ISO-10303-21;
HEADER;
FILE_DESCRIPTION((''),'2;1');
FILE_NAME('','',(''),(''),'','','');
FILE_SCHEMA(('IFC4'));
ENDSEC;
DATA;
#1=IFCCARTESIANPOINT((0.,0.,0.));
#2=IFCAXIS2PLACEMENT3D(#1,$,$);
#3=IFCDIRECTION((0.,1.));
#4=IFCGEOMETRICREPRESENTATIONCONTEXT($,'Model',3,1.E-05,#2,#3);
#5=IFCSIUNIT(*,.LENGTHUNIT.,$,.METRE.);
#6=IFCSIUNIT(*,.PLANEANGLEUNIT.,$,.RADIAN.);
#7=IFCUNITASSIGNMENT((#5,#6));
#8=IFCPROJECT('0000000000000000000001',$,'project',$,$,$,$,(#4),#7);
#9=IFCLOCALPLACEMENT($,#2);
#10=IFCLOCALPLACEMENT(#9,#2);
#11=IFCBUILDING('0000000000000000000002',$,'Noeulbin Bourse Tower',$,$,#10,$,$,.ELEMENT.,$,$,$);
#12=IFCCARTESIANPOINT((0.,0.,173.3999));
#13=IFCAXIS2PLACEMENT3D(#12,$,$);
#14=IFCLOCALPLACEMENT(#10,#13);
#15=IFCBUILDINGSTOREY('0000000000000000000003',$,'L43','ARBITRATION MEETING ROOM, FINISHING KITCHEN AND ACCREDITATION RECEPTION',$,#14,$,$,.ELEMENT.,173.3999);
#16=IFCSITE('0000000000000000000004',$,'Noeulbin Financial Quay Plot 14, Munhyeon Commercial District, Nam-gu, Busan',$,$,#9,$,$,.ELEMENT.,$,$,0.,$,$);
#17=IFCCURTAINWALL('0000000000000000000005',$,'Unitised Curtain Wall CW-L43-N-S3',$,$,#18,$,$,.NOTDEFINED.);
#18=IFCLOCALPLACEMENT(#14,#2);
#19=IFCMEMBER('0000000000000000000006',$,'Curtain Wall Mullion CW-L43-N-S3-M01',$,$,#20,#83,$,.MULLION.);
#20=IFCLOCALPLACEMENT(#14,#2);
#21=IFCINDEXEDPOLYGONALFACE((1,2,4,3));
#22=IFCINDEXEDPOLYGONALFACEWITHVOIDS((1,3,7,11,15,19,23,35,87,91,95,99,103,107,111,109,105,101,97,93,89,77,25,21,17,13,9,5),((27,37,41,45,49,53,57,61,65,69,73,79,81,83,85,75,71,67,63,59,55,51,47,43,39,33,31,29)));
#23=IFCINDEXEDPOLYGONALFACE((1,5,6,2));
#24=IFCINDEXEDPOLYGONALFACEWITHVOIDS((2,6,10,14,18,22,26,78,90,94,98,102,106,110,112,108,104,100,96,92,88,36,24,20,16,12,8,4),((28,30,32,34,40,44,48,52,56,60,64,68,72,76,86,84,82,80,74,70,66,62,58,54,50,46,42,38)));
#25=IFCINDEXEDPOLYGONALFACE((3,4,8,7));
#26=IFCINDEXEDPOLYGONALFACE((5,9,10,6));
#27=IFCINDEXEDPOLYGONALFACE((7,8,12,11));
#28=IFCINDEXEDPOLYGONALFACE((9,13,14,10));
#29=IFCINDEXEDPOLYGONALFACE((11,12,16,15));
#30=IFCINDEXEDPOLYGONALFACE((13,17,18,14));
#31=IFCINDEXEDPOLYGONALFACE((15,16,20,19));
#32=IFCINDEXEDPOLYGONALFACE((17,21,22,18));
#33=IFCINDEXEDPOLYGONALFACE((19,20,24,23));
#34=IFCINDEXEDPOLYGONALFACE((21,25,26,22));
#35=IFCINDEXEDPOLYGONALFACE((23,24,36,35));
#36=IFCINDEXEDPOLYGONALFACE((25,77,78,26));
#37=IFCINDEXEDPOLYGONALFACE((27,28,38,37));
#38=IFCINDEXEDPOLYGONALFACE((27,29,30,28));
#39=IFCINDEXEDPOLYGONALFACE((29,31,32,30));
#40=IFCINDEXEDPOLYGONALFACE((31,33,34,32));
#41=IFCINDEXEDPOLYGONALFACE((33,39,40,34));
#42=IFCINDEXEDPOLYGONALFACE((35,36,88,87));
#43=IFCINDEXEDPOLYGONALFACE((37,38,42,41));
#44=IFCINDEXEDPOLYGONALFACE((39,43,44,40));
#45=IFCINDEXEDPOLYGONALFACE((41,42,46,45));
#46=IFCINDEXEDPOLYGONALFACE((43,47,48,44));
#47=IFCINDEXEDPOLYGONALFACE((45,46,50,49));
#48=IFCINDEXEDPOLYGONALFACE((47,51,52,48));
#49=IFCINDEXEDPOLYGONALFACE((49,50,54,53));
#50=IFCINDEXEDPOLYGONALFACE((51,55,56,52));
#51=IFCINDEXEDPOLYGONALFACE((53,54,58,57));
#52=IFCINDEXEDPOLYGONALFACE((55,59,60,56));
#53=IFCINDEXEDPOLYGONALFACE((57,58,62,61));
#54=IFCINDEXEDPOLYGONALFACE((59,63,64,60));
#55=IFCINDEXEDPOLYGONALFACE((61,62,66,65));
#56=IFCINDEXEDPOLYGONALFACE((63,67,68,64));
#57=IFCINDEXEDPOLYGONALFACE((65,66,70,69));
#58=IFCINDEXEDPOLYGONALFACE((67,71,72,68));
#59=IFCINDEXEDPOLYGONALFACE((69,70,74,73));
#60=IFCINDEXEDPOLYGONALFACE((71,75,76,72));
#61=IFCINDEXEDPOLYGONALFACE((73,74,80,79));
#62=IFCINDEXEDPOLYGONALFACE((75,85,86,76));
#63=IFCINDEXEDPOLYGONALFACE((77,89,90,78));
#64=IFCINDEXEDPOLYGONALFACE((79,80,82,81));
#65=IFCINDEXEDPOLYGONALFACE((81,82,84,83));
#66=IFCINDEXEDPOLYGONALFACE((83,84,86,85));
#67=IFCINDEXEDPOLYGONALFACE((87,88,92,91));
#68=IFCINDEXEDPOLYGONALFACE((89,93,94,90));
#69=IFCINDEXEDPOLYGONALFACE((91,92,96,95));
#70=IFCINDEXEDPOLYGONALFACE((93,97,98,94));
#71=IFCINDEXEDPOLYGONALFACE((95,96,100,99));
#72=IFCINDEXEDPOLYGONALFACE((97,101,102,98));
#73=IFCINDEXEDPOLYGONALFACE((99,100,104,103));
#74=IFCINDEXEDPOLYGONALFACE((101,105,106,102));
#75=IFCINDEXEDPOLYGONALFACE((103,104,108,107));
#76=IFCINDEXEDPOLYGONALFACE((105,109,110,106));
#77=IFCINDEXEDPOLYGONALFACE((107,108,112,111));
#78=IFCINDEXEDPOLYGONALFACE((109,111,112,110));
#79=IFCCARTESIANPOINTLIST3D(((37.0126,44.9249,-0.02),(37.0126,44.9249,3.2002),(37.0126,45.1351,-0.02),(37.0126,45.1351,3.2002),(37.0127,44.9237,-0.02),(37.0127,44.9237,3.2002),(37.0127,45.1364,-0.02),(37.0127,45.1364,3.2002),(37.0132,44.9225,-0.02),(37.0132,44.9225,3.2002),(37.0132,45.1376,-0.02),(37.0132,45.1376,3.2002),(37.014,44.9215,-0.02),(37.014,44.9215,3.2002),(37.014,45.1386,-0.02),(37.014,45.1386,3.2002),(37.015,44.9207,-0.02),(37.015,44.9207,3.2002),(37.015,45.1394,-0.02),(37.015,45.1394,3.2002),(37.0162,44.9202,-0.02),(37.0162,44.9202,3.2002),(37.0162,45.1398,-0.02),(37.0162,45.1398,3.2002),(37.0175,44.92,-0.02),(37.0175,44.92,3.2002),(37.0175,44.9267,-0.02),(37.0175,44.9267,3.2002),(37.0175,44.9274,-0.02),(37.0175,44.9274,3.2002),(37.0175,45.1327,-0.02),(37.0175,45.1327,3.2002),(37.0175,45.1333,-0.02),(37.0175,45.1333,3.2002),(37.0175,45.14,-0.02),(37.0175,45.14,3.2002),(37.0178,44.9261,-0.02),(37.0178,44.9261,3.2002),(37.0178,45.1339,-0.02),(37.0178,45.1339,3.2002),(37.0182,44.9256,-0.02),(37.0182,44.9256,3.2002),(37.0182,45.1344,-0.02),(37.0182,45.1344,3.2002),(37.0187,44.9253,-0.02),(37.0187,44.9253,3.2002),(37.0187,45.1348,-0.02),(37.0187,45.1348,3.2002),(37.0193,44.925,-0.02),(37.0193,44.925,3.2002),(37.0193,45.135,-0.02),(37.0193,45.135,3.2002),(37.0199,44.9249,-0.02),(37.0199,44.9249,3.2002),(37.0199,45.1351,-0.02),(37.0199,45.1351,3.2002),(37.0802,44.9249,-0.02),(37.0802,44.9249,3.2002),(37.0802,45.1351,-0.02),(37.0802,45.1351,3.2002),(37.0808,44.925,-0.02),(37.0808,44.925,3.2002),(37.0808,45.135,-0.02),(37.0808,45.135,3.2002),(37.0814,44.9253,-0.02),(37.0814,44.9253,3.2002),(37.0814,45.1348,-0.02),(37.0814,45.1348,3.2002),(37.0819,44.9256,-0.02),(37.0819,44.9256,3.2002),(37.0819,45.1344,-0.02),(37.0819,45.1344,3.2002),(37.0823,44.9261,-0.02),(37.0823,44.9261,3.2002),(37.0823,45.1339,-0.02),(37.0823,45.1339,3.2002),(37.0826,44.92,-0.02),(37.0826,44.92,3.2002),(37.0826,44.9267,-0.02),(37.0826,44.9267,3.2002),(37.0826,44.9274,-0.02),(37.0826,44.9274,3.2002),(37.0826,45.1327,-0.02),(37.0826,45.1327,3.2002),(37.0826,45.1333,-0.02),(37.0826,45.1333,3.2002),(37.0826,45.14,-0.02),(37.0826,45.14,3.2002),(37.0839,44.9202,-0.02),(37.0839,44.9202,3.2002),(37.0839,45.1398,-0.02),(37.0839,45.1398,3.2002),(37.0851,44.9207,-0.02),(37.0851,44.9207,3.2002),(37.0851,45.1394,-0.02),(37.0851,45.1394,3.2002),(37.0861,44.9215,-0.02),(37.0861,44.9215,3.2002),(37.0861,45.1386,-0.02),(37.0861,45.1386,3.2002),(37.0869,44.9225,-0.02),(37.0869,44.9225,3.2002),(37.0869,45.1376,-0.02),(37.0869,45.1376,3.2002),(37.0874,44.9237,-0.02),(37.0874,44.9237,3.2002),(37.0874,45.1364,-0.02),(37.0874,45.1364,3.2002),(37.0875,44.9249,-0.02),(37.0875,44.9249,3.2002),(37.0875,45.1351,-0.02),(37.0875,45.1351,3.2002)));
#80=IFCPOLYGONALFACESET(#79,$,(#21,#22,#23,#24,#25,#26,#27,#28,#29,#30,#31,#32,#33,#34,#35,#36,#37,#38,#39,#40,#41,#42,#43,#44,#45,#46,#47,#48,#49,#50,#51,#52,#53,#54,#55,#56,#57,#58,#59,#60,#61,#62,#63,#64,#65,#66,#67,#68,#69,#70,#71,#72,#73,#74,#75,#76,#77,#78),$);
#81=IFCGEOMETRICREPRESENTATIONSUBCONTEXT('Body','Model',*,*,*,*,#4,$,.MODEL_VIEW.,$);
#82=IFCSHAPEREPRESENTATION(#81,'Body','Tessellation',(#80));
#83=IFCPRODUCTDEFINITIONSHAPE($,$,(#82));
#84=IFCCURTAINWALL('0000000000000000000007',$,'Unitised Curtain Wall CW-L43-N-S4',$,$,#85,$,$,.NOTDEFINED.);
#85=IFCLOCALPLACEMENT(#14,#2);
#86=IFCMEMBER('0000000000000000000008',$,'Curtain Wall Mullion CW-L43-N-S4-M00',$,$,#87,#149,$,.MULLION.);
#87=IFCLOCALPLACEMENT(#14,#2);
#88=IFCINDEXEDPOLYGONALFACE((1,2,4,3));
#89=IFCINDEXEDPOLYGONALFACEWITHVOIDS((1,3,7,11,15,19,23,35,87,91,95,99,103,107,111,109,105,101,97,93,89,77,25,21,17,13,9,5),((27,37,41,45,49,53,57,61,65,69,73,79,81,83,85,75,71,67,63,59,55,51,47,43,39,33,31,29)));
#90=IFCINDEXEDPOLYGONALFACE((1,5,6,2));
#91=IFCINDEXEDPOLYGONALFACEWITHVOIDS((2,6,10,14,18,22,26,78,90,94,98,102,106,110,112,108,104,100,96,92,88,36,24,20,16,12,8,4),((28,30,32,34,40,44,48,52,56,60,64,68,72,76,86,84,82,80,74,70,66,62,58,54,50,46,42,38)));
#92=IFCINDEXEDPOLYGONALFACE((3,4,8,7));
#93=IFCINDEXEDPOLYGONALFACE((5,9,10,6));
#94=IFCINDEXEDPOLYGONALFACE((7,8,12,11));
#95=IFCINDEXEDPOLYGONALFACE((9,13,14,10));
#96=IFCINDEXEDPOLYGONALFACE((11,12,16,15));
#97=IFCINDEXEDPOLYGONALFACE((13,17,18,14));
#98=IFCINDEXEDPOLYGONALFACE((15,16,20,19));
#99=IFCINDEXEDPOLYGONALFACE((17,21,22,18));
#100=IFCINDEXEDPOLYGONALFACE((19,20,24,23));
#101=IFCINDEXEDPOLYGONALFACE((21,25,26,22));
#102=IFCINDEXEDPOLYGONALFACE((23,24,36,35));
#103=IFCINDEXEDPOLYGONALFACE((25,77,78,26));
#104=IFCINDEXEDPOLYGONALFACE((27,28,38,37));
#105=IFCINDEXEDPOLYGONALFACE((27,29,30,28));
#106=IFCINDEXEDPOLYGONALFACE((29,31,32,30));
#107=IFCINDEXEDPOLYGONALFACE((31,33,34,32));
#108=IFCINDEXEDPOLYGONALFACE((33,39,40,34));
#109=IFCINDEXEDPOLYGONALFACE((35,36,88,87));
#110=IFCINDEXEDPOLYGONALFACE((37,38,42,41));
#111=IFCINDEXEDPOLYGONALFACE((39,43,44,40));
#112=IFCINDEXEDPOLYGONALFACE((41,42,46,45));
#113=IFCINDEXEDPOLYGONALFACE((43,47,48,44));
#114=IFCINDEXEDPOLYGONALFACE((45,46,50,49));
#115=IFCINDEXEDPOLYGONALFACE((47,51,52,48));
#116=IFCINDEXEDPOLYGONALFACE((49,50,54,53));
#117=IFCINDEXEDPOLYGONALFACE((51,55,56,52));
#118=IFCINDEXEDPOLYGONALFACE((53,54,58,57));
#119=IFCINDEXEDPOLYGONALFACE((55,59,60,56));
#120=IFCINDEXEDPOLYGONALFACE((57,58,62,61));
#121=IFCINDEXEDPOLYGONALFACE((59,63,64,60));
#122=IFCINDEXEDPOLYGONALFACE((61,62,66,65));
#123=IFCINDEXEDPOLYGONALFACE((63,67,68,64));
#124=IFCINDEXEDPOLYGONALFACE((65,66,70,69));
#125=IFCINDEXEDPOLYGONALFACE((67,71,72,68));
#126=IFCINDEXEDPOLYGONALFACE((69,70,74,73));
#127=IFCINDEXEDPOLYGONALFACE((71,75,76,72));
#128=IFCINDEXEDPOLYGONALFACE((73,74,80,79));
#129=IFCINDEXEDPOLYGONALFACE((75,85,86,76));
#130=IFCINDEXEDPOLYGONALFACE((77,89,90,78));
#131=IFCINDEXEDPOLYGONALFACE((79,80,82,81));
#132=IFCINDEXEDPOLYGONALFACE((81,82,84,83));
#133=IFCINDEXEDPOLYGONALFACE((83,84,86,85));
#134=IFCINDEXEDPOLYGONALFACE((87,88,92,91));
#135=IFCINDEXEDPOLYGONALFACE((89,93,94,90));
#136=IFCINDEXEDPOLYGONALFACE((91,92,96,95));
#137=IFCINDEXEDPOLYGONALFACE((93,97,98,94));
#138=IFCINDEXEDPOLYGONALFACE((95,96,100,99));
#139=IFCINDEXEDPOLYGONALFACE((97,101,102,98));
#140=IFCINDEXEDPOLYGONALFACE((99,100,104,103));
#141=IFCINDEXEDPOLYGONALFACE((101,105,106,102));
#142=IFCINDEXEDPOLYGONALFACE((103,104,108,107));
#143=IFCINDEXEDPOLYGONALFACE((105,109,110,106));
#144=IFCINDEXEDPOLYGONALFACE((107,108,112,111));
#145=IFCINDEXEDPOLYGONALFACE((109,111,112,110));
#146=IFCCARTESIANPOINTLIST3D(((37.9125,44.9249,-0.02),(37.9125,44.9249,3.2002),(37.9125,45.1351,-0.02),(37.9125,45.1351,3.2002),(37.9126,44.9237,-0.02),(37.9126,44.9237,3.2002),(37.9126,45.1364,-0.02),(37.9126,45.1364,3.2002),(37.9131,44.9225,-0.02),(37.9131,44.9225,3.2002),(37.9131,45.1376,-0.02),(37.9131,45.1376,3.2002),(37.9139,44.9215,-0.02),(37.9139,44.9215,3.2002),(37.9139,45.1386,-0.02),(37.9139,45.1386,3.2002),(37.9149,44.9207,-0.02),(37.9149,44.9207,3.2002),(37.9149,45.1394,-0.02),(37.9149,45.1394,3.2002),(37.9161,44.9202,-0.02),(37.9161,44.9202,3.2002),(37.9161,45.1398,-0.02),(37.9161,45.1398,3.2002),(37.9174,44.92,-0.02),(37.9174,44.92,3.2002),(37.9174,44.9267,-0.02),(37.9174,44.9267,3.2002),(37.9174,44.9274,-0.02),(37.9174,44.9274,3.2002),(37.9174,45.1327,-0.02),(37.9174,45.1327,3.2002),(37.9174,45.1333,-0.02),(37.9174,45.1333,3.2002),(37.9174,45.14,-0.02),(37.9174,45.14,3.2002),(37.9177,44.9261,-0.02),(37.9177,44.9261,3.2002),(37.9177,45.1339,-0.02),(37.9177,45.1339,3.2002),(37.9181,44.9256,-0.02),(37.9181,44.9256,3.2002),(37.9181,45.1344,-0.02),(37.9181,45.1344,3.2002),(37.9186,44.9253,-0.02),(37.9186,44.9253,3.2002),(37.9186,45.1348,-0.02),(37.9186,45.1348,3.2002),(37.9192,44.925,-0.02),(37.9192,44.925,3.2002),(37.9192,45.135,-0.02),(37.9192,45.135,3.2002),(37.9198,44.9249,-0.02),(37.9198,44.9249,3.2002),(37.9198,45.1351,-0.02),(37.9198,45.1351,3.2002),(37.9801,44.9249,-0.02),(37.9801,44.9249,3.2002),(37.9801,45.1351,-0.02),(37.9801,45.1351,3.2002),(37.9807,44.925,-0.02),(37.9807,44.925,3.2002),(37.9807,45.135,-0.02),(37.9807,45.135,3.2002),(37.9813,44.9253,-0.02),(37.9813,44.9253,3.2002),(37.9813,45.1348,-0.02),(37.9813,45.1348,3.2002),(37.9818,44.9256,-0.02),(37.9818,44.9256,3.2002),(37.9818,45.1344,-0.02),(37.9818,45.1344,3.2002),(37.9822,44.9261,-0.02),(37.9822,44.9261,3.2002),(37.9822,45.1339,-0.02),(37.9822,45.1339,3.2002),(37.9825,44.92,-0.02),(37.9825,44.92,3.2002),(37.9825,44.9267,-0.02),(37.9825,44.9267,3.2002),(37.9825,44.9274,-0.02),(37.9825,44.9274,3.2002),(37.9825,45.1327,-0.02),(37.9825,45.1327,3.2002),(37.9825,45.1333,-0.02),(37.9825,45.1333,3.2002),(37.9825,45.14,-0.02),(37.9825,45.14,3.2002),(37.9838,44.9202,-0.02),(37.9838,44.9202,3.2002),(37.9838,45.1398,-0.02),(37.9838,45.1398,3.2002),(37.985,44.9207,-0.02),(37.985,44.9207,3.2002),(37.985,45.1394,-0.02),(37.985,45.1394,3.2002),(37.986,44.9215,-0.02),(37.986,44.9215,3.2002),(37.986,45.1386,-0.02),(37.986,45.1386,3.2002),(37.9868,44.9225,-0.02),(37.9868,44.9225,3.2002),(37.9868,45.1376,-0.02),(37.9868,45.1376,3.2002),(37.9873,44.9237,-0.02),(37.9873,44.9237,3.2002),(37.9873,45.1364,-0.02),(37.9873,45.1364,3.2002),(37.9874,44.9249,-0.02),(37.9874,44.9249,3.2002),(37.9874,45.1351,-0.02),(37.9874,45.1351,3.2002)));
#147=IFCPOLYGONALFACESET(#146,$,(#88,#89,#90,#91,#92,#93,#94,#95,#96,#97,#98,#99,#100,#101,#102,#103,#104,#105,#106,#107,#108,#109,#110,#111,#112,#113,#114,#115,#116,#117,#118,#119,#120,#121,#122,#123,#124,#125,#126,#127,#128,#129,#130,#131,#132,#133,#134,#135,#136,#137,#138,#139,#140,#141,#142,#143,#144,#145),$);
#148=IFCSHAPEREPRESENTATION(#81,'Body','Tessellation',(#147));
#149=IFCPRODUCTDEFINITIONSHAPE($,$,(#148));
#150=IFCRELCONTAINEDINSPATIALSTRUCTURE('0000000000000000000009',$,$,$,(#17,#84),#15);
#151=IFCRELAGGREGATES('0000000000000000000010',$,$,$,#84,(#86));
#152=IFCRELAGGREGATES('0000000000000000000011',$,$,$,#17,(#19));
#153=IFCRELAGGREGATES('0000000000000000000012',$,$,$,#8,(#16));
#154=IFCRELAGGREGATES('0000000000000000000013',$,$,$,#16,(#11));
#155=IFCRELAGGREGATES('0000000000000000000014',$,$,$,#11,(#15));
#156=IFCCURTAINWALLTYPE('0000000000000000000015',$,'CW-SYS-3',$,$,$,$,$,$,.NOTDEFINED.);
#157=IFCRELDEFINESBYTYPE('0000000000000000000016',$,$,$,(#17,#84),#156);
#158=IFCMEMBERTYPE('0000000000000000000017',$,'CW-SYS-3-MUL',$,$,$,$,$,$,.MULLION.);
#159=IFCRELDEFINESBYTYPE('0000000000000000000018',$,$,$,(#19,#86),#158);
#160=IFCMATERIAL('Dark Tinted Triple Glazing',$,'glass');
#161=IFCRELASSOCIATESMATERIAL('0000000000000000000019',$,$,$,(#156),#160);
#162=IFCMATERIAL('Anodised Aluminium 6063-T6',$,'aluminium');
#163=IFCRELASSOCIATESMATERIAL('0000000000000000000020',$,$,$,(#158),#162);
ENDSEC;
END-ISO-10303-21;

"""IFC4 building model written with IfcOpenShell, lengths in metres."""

from ifc_helpers import new_model, si_unit, direction, frame, origin, origin_2d, place, context, subcontext, project, spatial, hollow_rectangle, extrude, material, material_profile, profile_set, type_object, element, aggregate, save


model = new_model("IFC4")

# Units and contexts
model_context = context("Model", 3, precision=1e-05, world=origin(), true_north=direction((0.0, 1.0)))
body_context = subcontext(model_context, "Body", "Model", "MODEL_VIEW")
ifc_project = project(units=[si_unit("LENGTHUNIT", "METRE"), si_unit("PLANEANGLEUNIT", "RADIAN")], contexts=[model_context])

# Site, building, storey
site_placement = place(None, origin())
site = spatial("IfcSite", under=ifc_project, at=site_placement, Name="Noeulbin Financial Quay Plot 14, Munhyeon Commercial District, Nam-gu, Busan", CompositionType="ELEMENT", RefElevation=0.0)
building_placement = place(site_placement, origin())
building = spatial("IfcBuilding", under=site, at=building_placement, Name="Noeulbin Bourse Tower", CompositionType="ELEMENT")
storey_placement = place(building_placement, frame((0.0, 0.0, 173.3999)))
storey = spatial("IfcBuildingStorey", under=building, at=storey_placement, Name="L43", Description="ARBITRATION MEETING ROOM, FINISHING KITCHEN AND ACCREDITATION RECEPTION", CompositionType="ELEMENT", Elevation=173.3999)

# Shared definitions
ifc_material_1 = material(Name="Dark Tinted Triple Glazing", Category="glass")
curtain_wall_type = type_object("IfcCurtainWallType", Name="CW-SYS-3", PredefinedType="NOTDEFINED", material=ifc_material_1)
ifc_material_2 = material(Name="Anodised Aluminium 6063-T6", Category="aluminium")
ifc_material_profile_1 = material_profile(ifc_material_2, hollow_rectangle(XDim=0.075, YDim=0.22, WallThickness=0.0049, InnerFilletRadius=0.0024, OuterFilletRadius=0.0049, at=origin_2d()), Name="ALU-MULL-75x220x5", Category="LoadBearing")
ifc_profile_set_1 = profile_set([ifc_material_profile_1], Name="Anodised Aluminium 6063-T6")
member_type_1 = type_object("IfcMemberType", Name="CW-SYS-3-MUL", PredefinedType="MULLION", material=ifc_profile_set_1)

# Curtain wall, member
curtain_wall_1_placement = place(storey_placement, origin())
curtain_wall_1 = element("IfcCurtainWall", 1, at=curtain_wall_1_placement, inside=storey, type_object=curtain_wall_type, Name="Unitised Curtain Wall CW-L43-N-S3", PredefinedType="NOTDEFINED")
member_1_placement = place(storey_placement, frame((37.05, 45.03, -0.02), z_axis=(0.0, 0.0, 1.0), x_axis=(1.0, 0.0, 0.0)))
member_1 = element("IfcMember", 2, at=member_1_placement, type_object=member_type_1, Name="Curtain Wall Mullion CW-L43-N-S3-M01", PredefinedType="MULLION", context=body_context, shape_type="SweptSolid", body=[
    extrude(hollow_rectangle(XDim=0.075, YDim=0.22, WallThickness=0.0049, InnerFilletRadius=0.0024, OuterFilletRadius=0.0049, at=origin_2d()), origin(), (0.0, 0.0, 1.0), 3.2202),
])

# Curtain wall, member
curtain_wall_2_placement = place(storey_placement, origin())
curtain_wall_2 = element("IfcCurtainWall", 3, at=curtain_wall_2_placement, inside=storey, type_object=curtain_wall_type, Name="Unitised Curtain Wall CW-L43-N-S4", PredefinedType="NOTDEFINED")
member_2_placement = place(storey_placement, frame((37.95, 45.03, -0.02), z_axis=(0.0, 0.0, 1.0), x_axis=(1.0, 0.0, 0.0)))
member_2 = element("IfcMember", 4, at=member_2_placement, type_object=member_type_1, Name="Curtain Wall Mullion CW-L43-N-S4-M00", PredefinedType="MULLION", context=body_context, shape_type="SweptSolid", body=[
    extrude(hollow_rectangle(XDim=0.075, YDim=0.22, WallThickness=0.0049, InnerFilletRadius=0.0024, OuterFilletRadius=0.0049, at=origin_2d()), origin(), (0.0, 0.0, 1.0), 3.2202),
])

aggregate(curtain_wall_2, [member_2])

aggregate(curtain_wall_1, [member_1])

save(model, "model.ifc")
